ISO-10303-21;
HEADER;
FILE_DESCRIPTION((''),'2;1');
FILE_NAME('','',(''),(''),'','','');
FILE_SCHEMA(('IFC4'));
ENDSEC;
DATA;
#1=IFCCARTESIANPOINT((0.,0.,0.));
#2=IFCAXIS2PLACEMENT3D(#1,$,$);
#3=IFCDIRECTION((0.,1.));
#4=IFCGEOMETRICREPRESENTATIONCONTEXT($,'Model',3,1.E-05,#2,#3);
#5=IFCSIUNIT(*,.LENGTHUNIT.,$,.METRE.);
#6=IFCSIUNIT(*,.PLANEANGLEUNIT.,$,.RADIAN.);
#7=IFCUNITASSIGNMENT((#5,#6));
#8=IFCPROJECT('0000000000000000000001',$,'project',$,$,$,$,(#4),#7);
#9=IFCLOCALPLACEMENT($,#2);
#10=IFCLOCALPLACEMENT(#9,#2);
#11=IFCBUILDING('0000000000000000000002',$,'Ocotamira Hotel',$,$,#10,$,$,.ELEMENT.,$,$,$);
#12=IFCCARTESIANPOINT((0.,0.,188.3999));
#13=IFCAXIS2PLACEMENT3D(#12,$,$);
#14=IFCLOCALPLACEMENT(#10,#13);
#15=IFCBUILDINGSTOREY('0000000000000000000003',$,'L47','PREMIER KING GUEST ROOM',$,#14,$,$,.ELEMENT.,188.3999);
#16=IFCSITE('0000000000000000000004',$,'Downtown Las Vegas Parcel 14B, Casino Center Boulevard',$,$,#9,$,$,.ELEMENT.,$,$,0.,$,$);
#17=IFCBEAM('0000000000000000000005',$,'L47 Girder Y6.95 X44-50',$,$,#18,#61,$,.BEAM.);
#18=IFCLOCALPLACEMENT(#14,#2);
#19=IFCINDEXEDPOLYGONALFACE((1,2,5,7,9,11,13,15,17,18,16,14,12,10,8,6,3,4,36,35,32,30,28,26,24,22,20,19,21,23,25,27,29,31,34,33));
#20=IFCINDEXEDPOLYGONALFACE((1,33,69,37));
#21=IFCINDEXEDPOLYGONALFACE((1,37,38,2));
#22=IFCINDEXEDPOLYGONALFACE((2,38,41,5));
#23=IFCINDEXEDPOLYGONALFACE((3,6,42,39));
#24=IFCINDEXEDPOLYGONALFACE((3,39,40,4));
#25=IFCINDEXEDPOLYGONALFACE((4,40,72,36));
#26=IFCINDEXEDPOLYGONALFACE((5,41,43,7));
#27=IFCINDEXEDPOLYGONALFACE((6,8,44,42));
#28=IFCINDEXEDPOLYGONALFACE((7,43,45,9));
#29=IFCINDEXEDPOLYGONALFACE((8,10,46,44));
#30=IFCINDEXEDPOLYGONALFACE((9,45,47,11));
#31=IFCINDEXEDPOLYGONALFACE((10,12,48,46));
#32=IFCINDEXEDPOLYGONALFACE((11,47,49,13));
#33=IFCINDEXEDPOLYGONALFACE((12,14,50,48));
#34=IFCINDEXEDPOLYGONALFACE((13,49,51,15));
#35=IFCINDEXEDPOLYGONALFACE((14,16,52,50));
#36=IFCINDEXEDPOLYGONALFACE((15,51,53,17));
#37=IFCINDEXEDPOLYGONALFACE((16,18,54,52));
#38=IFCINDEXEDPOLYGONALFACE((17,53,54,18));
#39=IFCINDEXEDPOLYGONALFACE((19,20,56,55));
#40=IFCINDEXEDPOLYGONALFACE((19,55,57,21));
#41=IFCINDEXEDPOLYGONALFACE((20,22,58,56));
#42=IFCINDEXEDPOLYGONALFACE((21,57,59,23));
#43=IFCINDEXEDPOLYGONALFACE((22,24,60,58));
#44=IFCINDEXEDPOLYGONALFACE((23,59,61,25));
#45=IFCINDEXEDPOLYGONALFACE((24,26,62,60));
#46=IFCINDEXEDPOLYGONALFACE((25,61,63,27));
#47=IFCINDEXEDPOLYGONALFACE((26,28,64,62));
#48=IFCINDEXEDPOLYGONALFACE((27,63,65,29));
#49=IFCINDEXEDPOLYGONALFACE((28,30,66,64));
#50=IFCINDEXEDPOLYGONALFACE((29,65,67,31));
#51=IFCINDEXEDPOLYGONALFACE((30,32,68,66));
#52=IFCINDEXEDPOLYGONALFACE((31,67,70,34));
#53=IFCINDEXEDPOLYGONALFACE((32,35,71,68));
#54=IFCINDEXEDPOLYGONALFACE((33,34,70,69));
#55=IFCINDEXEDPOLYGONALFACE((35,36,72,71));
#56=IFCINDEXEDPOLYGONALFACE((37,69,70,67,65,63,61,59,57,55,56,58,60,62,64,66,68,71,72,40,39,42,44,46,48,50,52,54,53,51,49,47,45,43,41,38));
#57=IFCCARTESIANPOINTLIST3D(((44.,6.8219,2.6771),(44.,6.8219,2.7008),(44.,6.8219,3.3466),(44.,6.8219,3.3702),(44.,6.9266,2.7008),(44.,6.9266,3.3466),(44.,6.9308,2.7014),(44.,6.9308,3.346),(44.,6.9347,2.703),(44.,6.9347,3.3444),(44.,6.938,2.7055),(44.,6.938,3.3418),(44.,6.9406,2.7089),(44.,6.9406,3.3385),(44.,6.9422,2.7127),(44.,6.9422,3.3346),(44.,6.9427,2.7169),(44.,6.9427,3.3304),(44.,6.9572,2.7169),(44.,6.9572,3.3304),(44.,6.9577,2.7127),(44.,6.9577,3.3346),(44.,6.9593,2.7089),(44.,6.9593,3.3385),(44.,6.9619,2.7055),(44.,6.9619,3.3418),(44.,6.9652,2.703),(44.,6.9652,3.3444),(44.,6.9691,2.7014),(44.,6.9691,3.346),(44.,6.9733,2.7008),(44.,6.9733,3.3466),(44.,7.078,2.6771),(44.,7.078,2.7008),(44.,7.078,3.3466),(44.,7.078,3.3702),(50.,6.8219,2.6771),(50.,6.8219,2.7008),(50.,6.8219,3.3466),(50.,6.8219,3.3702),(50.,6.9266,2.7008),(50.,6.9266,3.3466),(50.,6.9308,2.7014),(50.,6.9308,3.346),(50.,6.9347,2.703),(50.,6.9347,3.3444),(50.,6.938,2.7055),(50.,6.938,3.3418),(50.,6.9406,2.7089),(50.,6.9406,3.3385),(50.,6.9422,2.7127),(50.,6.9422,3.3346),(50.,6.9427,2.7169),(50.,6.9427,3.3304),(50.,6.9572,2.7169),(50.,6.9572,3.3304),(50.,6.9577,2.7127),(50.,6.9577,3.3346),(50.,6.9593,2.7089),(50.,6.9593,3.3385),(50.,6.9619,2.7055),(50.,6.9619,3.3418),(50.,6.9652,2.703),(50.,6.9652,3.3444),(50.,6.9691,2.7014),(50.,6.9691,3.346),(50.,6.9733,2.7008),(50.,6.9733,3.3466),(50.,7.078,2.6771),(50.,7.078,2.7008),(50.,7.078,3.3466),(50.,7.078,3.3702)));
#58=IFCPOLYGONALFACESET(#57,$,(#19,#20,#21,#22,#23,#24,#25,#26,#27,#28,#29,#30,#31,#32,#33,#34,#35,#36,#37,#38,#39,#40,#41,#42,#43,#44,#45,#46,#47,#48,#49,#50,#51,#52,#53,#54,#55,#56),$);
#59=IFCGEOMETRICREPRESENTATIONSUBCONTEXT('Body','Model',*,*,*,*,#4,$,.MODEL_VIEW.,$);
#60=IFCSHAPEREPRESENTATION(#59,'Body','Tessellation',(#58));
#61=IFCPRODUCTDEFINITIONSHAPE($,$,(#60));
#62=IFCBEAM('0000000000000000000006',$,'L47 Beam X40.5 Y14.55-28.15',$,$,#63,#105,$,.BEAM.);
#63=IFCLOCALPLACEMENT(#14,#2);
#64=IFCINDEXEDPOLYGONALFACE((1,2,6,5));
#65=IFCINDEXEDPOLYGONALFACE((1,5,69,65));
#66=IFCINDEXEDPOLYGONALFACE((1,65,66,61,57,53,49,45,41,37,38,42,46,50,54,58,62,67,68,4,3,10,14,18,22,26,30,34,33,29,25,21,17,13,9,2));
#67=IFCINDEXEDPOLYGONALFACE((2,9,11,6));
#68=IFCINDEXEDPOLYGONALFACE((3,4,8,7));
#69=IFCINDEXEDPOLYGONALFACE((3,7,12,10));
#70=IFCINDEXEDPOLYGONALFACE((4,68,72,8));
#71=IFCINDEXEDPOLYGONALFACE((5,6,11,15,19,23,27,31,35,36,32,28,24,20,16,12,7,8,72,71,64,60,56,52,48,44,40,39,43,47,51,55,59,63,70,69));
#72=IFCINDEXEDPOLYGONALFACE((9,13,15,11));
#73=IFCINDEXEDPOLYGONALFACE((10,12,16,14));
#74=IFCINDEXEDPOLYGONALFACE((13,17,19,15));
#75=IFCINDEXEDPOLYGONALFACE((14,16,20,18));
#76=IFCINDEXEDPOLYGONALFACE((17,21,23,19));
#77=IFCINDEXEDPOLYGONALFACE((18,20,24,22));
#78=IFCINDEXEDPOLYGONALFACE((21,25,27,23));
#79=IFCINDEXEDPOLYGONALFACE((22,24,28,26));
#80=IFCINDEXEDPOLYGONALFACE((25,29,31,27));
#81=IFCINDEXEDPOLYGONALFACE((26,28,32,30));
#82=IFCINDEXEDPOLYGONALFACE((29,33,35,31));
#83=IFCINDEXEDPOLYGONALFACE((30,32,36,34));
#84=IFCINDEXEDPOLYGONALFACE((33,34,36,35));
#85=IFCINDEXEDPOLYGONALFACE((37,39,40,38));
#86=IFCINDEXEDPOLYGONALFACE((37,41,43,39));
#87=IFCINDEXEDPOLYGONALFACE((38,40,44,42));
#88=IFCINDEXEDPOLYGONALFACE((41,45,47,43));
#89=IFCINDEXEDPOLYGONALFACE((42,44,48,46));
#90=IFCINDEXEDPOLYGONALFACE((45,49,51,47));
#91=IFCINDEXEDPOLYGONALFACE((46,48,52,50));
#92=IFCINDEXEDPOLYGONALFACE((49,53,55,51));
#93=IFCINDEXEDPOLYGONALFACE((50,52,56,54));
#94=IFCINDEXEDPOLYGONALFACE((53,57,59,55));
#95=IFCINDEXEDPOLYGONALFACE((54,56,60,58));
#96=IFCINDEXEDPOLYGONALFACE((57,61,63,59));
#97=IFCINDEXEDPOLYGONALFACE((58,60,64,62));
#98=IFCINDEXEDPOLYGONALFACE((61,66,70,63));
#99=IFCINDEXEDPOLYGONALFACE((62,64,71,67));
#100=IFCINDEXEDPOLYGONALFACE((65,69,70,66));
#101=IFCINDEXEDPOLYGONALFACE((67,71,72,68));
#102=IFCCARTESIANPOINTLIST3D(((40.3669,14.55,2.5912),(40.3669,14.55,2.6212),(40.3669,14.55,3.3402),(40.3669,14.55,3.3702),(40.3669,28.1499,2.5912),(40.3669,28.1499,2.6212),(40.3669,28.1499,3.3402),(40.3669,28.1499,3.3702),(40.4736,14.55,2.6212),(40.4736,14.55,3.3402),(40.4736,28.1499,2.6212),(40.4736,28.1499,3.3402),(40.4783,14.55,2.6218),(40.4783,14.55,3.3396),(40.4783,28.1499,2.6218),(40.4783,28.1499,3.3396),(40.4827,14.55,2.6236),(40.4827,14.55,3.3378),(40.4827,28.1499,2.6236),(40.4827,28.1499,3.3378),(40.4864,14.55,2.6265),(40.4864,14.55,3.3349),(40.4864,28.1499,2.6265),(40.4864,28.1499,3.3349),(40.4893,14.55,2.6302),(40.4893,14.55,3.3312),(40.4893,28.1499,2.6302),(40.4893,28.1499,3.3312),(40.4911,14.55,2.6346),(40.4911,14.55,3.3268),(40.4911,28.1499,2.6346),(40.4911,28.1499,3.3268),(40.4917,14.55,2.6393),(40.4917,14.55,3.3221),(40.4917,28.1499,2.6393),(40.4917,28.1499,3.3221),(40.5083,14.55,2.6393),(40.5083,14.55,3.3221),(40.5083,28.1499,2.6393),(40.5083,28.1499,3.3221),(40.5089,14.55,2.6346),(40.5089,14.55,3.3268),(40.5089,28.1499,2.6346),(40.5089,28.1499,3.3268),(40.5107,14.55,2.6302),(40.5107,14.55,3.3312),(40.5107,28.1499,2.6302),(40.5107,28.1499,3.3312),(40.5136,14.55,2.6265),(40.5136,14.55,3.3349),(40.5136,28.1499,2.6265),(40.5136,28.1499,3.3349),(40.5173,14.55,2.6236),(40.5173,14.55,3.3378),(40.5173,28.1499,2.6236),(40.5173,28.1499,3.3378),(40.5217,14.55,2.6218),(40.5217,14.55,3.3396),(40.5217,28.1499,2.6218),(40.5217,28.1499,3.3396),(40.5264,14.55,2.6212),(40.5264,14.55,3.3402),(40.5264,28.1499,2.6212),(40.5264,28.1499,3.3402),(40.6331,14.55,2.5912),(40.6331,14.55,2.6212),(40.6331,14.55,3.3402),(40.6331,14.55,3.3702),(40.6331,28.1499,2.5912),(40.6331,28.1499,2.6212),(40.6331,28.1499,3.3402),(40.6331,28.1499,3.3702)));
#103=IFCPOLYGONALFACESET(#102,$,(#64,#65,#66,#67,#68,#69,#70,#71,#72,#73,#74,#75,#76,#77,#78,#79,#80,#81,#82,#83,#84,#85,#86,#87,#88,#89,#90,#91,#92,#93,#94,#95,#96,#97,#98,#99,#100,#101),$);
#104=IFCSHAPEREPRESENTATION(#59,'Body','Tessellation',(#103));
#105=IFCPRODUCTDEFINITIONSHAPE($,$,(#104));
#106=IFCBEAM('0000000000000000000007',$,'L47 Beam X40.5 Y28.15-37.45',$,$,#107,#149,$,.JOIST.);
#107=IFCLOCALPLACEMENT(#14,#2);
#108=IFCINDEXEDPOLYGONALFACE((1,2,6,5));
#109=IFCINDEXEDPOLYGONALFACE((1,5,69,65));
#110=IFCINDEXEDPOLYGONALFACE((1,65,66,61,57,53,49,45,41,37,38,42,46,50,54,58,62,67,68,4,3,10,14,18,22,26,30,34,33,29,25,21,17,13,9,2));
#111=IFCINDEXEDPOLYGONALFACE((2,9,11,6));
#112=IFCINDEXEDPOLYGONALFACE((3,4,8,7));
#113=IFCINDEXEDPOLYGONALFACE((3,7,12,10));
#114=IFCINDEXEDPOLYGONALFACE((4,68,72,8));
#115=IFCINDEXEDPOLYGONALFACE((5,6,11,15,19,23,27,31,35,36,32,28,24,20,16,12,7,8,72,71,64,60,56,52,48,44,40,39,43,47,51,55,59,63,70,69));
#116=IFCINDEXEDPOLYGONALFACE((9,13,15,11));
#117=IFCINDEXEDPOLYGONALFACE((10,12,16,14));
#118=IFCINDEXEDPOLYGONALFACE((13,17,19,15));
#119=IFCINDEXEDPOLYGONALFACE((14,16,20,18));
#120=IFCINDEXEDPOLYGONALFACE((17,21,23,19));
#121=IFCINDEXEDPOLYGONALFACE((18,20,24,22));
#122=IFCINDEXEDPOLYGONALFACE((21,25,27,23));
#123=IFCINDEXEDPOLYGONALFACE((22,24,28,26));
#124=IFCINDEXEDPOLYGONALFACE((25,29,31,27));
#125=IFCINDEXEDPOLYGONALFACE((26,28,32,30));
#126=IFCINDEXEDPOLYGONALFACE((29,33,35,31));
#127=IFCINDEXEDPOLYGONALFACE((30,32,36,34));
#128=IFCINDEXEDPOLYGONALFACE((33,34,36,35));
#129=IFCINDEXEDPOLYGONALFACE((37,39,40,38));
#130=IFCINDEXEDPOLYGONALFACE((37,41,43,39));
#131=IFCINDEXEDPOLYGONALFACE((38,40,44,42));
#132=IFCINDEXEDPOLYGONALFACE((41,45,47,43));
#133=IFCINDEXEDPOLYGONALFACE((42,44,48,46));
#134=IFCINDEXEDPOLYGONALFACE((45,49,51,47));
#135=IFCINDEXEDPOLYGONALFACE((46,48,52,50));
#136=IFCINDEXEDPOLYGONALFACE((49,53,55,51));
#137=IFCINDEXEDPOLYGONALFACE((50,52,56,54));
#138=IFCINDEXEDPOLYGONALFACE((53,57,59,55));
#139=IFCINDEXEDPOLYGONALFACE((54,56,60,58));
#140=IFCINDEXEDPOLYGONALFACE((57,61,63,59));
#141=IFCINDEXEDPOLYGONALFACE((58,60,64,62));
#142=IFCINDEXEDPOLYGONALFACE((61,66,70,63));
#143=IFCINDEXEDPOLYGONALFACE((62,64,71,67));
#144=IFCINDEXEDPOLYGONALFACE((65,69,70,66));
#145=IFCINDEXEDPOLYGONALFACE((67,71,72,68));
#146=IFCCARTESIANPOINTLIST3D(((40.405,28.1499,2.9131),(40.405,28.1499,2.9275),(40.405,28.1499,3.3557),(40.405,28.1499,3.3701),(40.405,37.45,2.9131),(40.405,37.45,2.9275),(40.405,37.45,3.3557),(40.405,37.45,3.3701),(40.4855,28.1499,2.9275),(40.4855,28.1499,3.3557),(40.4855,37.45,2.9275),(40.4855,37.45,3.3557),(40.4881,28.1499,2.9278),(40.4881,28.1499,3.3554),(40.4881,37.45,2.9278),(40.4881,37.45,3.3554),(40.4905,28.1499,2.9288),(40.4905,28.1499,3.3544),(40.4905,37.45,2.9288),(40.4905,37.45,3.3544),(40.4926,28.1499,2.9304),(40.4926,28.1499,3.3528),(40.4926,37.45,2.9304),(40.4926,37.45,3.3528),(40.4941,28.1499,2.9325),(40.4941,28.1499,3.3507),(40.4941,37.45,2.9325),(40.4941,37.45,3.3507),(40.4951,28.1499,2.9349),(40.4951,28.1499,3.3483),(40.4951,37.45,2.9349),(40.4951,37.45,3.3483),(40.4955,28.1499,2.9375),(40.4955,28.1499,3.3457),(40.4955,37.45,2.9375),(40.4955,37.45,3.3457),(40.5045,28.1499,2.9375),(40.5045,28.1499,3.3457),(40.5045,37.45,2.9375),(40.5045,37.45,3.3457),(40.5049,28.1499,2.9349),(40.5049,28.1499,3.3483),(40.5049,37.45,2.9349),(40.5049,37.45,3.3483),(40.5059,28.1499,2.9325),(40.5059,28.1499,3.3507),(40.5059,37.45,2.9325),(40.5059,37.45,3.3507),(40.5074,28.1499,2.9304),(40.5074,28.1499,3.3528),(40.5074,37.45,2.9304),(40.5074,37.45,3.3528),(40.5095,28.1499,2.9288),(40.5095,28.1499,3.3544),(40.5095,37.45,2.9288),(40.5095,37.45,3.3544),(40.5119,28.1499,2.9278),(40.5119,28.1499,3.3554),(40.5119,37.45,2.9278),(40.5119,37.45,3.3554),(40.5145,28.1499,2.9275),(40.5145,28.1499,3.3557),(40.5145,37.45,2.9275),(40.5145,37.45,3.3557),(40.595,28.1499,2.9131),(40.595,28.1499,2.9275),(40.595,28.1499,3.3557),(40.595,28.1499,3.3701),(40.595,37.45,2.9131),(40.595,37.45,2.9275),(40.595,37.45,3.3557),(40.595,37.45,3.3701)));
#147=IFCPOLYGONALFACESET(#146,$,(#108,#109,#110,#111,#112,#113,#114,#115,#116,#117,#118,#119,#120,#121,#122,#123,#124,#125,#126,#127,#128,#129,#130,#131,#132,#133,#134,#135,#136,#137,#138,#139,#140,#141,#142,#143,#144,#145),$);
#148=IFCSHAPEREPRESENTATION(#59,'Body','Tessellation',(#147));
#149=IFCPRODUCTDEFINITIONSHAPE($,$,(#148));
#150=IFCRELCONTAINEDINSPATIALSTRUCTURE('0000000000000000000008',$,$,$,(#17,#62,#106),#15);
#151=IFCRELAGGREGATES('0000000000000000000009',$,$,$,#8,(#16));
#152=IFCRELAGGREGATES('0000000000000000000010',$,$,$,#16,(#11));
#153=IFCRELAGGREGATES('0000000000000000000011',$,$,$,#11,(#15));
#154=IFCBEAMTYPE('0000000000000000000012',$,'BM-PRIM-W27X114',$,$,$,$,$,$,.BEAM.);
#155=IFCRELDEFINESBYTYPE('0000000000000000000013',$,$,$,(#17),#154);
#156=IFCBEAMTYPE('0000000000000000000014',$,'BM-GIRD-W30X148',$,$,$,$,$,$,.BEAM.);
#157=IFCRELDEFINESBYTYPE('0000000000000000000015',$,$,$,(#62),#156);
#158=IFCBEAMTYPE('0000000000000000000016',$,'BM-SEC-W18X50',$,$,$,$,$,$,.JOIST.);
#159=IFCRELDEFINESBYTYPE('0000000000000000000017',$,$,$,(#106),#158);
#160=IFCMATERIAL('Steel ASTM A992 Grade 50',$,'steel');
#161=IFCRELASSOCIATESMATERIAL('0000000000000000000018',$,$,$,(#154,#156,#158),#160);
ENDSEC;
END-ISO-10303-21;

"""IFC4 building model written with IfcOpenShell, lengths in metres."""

from ifc_helpers import new_model, si_unit, direction, frame, origin, origin_2d, place, context, subcontext, project, spatial, i_section, extrude, source, transform, mapped, material, material_profile, profile_set, type_object, element, save


model = new_model("IFC4")

# Units and contexts
model_context = context("Model", 3, precision=1e-05, world=origin(), true_north=direction((0.0, 1.0)))
body_context = subcontext(model_context, "Body", "Model", "MODEL_VIEW")
ifc_project = project(units=[si_unit("LENGTHUNIT", "METRE"), si_unit("PLANEANGLEUNIT", "RADIAN")], contexts=[model_context])

# Site, building, storey
site_placement = place(None, origin())
site = spatial("IfcSite", under=ifc_project, at=site_placement, Name="Downtown Las Vegas Parcel 14B, Casino Center Boulevard", CompositionType="ELEMENT", RefElevation=0.0)
building_placement = place(site_placement, origin())
building = spatial("IfcBuilding", under=site, at=building_placement, Name="Ocotamira Hotel", CompositionType="ELEMENT")
storey_placement = place(building_placement, frame((0.0, 0.0, 188.3999)))
storey = spatial("IfcBuildingStorey", under=building, at=storey_placement, Name="L47", Description="PREMIER KING GUEST ROOM", CompositionType="ELEMENT", Elevation=188.3999)

# Beams
ifc_material_1 = material(Name="Steel ASTM A992 Grade 50", Category="steel")
ifc_material_profile_1 = material_profile(ifc_material_1, i_section(OverallWidth=0.2561, OverallDepth=0.6931, WebThickness=0.0144, FlangeThickness=0.0237, FilletRadius=0.0161, at=origin_2d()), Name="W27X114")
ifc_profile_set_1 = profile_set([ifc_material_profile_1], Name="Steel ASTM A992 Grade 50")
beam_type_1 = type_object("IfcBeamType", Name="BM-PRIM-W27X114", PredefinedType="BEAM", material=ifc_profile_set_1)
shared_shape_1 = source(origin(), body_context, "Body", "SweptSolid", [
    extrude(i_section(OverallWidth=0.2561, OverallDepth=0.6931, WebThickness=0.0144, FlangeThickness=0.0237, FilletRadius=0.0161, at=origin_2d()), origin(), (0.0, 0.0, 1.0), 6.0),
])
beam_1_placement = place(storey_placement, frame((44.0, 6.95, 3.0237), z_axis=(1.0, 0.0, 0.0), x_axis=(0.0, 1.0, 0.0)))
element("IfcBeam", 1, at=beam_1_placement, inside=storey, type_object=beam_type_1, Name="L47 Girder Y6.95 X44-50", PredefinedType="BEAM", context=body_context, shape_type="MappedRepresentation", body=[
    mapped(shared_shape_1, transform((0.0, 0.0, 0.0), scale=1.0)),
])
ifc_material_profile_2 = material_profile(ifc_material_1, i_section(OverallWidth=0.2661, OverallDepth=0.7791, WebThickness=0.0166, FlangeThickness=0.03, FilletRadius=0.0181, at=origin_2d()), Name="W30X148")
ifc_profile_set_2 = profile_set([ifc_material_profile_2], Name="Steel ASTM A992 Grade 50")
beam_type_2 = type_object("IfcBeamType", Name="BM-GIRD-W30X148", PredefinedType="BEAM", material=ifc_profile_set_2)
shared_shape_2 = source(origin(), body_context, "Body", "SweptSolid", [
    extrude(i_section(OverallWidth=0.2661, OverallDepth=0.7791, WebThickness=0.0166, FlangeThickness=0.03, FilletRadius=0.0181, at=origin_2d()), origin(), (0.0, 0.0, 1.0), 13.5999),
])
beam_2_placement = place(storey_placement, frame((40.5, 14.55, 2.9807), z_axis=(0.0, 1.0, 0.0), x_axis=(-1.0, 0.0, 0.0)))
element("IfcBeam", 2, at=beam_2_placement, inside=storey, type_object=beam_type_2, Name="L47 Beam X40.5 Y14.55-28.15", PredefinedType="BEAM", context=body_context, shape_type="MappedRepresentation", body=[
    mapped(shared_shape_2, transform((0.0, 0.0, 0.0), scale=1.0)),
])
ifc_material_profile_3 = material_profile(ifc_material_1, i_section(OverallWidth=0.1899, OverallDepth=0.457, WebThickness=0.009, FlangeThickness=0.0144, FilletRadius=0.01, at=origin_2d()), Name="W18X50")
ifc_profile_set_3 = profile_set([ifc_material_profile_3], Name="Steel ASTM A992 Grade 50")
beam_type_3 = type_object("IfcBeamType", Name="BM-SEC-W18X50", PredefinedType="JOIST", material=ifc_profile_set_3)
shared_shape_3 = source(origin(), body_context, "Body", "SweptSolid", [
    extrude(i_section(OverallWidth=0.1899, OverallDepth=0.457, WebThickness=0.009, FlangeThickness=0.0144, FilletRadius=0.01, at=origin_2d()), origin(), (0.0, 0.0, 1.0), 9.3),
])
beam_3_placement = place(storey_placement, frame((40.5, 28.1499, 3.1416), z_axis=(0.0, 1.0, 0.0), x_axis=(-1.0, 0.0, 0.0)))
element("IfcBeam", 3, at=beam_3_placement, inside=storey, type_object=beam_type_3, Name="L47 Beam X40.5 Y28.15-37.45", PredefinedType="JOIST", context=body_context, shape_type="MappedRepresentation", body=[
    mapped(shared_shape_3, transform((0.0, 0.0, 0.0), scale=1.0)),
])

save(model, "model.ifc")
